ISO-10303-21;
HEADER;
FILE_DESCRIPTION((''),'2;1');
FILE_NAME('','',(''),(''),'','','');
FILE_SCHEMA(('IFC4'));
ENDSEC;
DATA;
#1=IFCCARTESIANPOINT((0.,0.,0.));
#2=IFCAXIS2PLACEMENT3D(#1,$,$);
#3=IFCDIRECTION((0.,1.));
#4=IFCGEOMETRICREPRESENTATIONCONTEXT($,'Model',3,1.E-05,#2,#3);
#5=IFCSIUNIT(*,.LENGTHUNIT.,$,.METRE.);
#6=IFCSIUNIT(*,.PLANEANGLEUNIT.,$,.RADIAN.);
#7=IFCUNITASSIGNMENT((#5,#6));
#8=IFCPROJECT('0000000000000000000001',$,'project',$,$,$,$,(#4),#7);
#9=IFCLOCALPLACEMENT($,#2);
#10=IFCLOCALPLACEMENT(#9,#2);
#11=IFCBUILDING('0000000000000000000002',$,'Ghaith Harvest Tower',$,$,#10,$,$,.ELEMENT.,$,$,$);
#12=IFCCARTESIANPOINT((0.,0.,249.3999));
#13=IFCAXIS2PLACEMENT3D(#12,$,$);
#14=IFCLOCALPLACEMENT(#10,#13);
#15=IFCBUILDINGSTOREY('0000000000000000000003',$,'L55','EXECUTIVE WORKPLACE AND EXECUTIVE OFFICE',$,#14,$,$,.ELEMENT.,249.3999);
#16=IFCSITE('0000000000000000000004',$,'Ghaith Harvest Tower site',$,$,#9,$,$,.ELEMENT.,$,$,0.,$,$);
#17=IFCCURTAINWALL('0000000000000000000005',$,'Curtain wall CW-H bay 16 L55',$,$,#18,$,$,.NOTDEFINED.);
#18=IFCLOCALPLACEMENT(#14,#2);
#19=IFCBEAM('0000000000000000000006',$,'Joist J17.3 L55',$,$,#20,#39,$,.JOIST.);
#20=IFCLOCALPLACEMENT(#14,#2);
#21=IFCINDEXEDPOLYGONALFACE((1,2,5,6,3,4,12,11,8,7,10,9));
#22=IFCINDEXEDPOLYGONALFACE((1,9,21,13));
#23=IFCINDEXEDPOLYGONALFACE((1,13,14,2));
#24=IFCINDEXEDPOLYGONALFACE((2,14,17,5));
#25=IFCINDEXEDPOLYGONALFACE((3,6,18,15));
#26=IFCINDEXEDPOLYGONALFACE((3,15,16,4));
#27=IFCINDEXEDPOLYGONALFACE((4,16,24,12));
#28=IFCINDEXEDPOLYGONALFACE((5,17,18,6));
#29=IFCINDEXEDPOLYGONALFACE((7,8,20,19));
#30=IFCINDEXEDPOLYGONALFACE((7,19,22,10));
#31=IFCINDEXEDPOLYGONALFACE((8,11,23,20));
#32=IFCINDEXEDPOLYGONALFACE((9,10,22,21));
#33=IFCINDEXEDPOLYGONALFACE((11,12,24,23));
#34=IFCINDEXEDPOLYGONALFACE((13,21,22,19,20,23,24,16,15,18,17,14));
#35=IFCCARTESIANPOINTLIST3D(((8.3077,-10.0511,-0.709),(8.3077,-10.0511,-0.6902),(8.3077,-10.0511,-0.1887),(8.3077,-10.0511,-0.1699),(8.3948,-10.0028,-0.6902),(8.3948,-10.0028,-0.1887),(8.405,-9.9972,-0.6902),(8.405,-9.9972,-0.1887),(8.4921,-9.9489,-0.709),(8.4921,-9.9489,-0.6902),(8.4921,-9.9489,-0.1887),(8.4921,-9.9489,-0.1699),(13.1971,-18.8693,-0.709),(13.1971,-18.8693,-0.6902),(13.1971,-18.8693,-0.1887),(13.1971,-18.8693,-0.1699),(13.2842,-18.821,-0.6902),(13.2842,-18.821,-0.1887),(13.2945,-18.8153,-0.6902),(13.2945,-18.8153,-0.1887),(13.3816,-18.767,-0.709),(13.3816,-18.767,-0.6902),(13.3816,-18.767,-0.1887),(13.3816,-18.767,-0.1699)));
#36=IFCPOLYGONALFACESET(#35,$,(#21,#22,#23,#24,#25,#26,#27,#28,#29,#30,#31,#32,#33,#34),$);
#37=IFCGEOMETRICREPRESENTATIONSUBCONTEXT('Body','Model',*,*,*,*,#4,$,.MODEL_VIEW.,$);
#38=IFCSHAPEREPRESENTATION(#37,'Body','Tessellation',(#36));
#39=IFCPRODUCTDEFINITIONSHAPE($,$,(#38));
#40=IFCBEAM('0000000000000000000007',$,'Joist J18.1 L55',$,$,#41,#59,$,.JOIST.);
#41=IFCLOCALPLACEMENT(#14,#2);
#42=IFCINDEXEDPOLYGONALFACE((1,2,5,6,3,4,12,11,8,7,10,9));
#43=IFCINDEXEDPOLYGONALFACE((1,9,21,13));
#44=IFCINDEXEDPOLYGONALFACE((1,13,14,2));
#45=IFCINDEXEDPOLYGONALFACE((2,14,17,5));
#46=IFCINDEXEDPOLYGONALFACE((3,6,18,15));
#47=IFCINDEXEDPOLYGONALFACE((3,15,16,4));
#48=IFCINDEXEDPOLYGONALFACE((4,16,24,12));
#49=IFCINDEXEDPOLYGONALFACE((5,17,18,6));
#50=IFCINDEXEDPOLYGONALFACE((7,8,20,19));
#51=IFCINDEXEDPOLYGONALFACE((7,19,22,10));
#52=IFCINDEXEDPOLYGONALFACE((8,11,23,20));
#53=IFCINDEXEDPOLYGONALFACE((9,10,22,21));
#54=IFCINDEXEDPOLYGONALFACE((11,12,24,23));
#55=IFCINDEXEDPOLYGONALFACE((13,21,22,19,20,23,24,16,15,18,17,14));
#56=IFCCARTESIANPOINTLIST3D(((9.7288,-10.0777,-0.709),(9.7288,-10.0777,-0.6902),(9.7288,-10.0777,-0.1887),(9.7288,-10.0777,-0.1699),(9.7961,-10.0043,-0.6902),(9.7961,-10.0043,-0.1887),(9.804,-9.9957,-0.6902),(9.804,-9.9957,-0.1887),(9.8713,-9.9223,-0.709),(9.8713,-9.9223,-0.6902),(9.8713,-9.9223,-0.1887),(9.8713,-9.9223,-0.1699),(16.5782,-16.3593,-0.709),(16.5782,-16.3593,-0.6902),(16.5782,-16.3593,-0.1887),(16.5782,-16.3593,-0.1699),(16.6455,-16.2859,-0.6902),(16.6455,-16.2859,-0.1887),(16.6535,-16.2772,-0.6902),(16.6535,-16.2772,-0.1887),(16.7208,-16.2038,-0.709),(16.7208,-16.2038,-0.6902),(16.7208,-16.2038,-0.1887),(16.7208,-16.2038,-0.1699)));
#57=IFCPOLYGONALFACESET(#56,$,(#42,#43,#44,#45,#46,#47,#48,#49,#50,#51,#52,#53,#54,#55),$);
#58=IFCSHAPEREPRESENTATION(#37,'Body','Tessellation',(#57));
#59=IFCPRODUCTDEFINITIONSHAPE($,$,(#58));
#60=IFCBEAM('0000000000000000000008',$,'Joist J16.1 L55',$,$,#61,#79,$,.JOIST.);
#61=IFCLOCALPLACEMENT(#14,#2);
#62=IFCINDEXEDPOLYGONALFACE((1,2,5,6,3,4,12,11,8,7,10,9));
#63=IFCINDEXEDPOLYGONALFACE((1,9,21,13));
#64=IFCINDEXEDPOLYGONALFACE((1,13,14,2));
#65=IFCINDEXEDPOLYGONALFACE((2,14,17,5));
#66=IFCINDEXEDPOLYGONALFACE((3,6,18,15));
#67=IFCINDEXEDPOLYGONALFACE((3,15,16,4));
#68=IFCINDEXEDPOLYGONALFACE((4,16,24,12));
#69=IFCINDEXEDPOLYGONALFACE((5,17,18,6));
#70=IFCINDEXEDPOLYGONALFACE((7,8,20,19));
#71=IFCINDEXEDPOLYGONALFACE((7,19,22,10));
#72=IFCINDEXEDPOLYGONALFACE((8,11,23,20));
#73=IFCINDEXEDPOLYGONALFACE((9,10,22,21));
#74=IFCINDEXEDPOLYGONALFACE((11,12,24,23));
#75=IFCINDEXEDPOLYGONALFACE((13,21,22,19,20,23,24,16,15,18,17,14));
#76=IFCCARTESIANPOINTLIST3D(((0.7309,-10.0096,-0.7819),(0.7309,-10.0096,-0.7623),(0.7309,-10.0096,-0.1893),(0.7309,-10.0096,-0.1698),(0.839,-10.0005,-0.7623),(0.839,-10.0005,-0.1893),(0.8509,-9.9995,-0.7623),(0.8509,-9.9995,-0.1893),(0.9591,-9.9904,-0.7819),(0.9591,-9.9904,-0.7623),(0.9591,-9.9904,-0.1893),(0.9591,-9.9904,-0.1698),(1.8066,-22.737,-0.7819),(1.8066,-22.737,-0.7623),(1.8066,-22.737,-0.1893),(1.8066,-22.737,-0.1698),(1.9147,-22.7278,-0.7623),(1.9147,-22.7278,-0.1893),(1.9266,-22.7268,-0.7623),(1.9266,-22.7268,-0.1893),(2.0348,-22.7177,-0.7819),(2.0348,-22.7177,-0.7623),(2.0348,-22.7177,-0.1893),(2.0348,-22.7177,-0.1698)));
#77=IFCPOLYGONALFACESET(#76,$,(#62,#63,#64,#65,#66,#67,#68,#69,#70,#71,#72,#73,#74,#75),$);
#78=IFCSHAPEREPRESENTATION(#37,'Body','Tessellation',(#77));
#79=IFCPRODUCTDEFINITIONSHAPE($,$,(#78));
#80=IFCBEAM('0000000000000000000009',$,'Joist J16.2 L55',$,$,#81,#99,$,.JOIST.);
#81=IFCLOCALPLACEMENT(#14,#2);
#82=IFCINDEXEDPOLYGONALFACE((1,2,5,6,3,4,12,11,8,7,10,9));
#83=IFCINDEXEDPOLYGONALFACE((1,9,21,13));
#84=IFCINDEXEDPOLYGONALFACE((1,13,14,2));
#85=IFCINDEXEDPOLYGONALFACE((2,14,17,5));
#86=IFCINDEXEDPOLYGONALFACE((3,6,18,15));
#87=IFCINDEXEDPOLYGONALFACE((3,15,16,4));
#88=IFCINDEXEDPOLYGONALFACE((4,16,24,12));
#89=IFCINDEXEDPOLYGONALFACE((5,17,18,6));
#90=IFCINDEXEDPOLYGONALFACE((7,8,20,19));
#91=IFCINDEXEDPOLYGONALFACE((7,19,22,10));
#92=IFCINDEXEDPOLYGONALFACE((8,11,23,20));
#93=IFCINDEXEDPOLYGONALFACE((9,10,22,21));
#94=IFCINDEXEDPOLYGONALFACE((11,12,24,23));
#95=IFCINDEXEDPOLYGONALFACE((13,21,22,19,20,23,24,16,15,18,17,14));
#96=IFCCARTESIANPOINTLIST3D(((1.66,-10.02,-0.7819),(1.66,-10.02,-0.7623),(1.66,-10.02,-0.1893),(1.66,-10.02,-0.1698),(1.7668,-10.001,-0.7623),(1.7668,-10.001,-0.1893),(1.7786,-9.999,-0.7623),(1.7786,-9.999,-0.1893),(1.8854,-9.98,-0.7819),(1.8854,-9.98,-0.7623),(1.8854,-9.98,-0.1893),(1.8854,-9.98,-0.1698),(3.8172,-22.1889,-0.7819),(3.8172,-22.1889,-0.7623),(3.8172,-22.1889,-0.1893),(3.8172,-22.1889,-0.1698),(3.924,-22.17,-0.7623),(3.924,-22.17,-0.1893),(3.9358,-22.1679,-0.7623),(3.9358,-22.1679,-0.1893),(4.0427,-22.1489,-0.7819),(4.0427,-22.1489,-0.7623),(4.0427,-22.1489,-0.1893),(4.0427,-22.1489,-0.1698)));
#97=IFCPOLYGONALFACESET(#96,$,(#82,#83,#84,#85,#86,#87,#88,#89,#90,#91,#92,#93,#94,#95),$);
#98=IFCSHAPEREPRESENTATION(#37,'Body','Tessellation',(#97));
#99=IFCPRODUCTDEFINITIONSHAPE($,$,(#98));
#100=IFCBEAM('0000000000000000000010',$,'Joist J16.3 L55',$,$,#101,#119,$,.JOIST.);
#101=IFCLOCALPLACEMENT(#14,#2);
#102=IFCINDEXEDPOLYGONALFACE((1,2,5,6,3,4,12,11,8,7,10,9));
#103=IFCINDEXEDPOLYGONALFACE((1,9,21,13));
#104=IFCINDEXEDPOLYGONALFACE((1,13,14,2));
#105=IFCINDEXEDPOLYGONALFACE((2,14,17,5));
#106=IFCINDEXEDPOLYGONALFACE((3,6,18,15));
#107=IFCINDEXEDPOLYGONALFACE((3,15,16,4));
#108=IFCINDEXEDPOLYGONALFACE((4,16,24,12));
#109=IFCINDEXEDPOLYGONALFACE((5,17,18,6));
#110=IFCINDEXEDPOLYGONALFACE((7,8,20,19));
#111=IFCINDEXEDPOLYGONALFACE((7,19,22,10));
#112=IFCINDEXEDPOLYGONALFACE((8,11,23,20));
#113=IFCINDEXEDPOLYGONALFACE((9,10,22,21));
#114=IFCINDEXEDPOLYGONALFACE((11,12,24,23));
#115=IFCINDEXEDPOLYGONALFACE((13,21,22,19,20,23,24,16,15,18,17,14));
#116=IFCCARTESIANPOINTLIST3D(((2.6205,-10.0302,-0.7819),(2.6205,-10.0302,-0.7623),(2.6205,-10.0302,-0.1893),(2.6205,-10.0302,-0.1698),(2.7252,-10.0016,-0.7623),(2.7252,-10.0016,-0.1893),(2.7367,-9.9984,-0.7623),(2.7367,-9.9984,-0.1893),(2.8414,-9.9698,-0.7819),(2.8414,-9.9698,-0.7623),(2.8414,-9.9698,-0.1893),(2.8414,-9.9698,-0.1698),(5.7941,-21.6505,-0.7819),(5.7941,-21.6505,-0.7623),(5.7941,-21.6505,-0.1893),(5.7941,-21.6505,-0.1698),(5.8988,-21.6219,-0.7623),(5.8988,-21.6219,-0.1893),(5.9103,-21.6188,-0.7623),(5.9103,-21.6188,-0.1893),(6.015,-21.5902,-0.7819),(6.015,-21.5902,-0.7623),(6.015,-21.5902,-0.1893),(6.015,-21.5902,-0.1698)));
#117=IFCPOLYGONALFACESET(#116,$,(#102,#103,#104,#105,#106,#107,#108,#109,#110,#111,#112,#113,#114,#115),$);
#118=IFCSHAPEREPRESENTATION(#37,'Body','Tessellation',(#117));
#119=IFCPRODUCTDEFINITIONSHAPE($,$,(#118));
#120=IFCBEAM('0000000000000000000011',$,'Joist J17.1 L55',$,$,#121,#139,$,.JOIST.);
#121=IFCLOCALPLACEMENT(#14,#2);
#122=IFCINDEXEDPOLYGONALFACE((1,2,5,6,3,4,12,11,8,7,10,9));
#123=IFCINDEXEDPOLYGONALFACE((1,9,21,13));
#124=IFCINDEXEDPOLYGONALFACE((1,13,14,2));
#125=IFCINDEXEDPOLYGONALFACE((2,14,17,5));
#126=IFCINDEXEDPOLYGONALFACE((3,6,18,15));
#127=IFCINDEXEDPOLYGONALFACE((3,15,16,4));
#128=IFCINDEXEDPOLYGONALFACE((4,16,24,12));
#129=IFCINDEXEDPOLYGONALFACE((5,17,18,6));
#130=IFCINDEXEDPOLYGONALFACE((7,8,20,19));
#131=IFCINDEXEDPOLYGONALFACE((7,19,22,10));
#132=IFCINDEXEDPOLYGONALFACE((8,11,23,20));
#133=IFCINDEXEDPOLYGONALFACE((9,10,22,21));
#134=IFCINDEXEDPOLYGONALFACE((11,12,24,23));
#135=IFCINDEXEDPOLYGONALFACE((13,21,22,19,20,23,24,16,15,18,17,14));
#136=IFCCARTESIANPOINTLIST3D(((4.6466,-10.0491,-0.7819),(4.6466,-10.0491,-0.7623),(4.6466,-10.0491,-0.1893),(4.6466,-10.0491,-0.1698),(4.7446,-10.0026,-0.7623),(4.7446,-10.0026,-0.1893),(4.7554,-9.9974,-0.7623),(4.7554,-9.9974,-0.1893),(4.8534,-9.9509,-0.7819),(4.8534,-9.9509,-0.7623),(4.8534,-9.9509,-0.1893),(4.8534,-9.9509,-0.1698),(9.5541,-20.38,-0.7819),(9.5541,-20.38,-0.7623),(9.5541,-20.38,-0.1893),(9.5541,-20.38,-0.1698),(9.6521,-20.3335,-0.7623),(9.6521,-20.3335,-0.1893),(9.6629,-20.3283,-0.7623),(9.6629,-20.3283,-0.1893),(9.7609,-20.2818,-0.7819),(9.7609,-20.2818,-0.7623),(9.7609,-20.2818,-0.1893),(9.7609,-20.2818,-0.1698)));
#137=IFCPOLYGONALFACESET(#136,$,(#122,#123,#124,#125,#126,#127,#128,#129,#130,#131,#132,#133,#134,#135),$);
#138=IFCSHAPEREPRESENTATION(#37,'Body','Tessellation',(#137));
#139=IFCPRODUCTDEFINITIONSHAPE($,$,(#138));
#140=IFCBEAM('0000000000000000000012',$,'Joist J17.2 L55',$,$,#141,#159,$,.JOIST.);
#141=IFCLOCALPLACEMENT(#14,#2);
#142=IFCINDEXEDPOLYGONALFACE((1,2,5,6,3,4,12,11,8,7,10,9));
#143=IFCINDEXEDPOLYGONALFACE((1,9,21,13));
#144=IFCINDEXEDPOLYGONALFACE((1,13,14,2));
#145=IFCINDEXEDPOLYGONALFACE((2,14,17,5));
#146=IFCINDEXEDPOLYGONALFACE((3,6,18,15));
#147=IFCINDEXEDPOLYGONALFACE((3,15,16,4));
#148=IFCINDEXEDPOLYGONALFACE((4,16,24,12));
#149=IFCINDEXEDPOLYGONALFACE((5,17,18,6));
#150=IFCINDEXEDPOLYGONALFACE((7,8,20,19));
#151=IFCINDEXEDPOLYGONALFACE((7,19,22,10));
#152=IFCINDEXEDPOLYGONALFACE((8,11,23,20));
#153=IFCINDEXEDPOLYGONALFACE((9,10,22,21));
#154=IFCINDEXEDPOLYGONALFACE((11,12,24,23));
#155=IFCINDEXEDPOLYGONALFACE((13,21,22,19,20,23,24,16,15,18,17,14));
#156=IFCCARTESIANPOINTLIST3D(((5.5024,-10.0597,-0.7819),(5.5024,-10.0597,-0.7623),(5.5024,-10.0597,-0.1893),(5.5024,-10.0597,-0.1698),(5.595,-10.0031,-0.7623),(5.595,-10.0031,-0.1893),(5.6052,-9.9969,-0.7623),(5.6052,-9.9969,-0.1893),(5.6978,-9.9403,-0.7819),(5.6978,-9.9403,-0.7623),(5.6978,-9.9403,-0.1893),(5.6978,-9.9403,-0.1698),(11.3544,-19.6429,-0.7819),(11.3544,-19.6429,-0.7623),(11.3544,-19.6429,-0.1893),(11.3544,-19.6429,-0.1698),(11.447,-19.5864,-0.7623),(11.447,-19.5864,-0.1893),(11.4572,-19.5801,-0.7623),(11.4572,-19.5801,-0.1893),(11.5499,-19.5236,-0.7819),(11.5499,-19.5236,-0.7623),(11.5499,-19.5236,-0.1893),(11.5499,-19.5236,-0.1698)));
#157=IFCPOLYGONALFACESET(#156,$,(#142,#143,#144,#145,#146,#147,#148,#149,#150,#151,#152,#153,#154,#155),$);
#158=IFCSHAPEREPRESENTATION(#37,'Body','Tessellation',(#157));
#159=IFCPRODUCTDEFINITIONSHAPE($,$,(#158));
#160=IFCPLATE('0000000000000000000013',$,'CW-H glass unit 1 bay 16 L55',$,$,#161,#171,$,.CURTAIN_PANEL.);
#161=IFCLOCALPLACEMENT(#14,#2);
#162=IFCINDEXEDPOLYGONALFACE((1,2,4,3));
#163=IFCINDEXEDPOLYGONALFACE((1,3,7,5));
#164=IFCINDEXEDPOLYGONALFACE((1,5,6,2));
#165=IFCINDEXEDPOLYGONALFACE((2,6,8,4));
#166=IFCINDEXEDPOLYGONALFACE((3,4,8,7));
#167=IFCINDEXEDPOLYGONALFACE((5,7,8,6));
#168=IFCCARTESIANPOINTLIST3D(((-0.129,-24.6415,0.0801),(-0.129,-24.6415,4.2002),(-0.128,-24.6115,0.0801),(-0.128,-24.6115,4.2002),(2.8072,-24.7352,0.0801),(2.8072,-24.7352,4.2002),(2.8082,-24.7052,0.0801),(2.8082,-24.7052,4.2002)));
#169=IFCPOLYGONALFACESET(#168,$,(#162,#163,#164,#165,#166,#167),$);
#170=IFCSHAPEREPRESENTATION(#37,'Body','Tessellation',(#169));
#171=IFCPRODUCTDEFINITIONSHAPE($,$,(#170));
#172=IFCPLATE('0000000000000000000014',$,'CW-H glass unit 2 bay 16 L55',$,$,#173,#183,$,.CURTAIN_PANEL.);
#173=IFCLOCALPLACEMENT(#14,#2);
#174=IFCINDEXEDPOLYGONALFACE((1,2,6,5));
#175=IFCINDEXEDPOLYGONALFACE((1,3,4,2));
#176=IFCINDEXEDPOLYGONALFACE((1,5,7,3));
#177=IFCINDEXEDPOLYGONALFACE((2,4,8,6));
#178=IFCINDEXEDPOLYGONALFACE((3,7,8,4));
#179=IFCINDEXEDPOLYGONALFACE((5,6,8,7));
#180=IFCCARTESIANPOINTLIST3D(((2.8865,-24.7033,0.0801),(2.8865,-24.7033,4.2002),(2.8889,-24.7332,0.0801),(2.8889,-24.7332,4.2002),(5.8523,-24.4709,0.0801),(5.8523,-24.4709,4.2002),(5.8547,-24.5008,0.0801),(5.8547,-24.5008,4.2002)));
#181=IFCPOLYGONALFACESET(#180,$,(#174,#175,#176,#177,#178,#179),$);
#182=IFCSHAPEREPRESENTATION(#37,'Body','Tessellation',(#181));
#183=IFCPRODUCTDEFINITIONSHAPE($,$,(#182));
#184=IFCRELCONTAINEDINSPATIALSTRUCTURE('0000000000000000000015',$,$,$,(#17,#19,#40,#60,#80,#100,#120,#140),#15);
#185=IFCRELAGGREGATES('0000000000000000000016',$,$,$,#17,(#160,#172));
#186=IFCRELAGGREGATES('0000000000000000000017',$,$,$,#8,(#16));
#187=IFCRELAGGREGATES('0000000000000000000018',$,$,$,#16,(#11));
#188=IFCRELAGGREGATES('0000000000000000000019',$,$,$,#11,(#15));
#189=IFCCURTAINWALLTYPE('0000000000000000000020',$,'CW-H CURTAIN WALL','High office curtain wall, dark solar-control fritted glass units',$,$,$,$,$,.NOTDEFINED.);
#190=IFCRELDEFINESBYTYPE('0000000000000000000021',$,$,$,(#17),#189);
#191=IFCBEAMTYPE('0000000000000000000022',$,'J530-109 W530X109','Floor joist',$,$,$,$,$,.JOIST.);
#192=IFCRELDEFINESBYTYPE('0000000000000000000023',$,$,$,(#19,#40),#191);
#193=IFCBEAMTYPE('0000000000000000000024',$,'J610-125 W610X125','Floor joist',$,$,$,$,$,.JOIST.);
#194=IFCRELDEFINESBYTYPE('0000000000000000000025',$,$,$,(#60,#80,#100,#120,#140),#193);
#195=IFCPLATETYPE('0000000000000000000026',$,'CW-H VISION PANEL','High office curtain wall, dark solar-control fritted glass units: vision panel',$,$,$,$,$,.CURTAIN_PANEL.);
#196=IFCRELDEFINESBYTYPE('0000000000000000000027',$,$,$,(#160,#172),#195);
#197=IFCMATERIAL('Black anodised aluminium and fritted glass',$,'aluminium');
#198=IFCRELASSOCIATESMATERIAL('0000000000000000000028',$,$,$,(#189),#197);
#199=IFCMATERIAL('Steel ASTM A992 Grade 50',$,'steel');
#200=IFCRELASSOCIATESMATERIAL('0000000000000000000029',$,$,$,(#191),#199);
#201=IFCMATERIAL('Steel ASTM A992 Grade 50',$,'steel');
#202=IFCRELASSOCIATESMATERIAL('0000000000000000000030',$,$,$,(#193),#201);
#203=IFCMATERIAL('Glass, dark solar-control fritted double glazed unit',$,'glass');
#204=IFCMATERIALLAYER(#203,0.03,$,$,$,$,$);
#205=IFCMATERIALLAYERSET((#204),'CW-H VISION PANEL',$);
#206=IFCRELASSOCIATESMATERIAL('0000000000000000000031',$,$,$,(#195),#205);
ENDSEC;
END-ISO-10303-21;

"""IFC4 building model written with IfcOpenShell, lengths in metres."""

from ifc_helpers import new_model, si_unit, direction, frame, origin, origin_2d, place, context, subcontext, project, spatial, rectangle, i_section, extrude, material, layer, layer_set, material_profile, profile_set, type_object, element, aggregate, save


model = new_model("IFC4")

# Units and contexts
model_context = context("Model", 3, precision=1e-05, world=origin(), true_north=direction((0.0, 1.0)))
body_context = subcontext(model_context, "Body", "Model", "MODEL_VIEW")
ifc_project = project(units=[si_unit("LENGTHUNIT", "METRE"), si_unit("PLANEANGLEUNIT", "RADIAN")], contexts=[model_context])

# Site, building, storey
site_placement = place(None, origin())
site = spatial("IfcSite", under=ifc_project, at=site_placement, Name="Ghaith Harvest Tower site", CompositionType="ELEMENT", RefElevation=0.0)
building_placement = place(site_placement, origin())
building = spatial("IfcBuilding", under=site, at=building_placement, Name="Ghaith Harvest Tower", CompositionType="ELEMENT")
storey_placement = place(building_placement, frame((0.0, 0.0, 249.3999)))
storey = spatial("IfcBuildingStorey", under=building, at=storey_placement, Name="L55", Description="EXECUTIVE WORKPLACE AND EXECUTIVE OFFICE", CompositionType="ELEMENT", Elevation=249.3999)

# Curtain wall
ifc_material_1 = material(Name="Black anodised aluminium and fritted glass", Category="aluminium")
curtain_wall_type = type_object("IfcCurtainWallType", Name="CW-H CURTAIN WALL", Description="High office curtain wall, dark solar-control fritted glass units", PredefinedType="NOTDEFINED", material=ifc_material_1)
curtain_wall_1_placement = place(storey_placement, origin())
curtain_wall_1 = element("IfcCurtainWall", 1, at=curtain_wall_1_placement, inside=storey, type_object=curtain_wall_type, Name="Curtain wall CW-H bay 16 L55", PredefinedType="NOTDEFINED")

# Beams
ifc_material_2 = material(Name="Steel ASTM A992 Grade 50", Category="steel")
ifc_material_profile_1 = material_profile(ifc_material_2, i_section(OverallWidth=0.2109, OverallDepth=0.5391, WebThickness=0.0117, FlangeThickness=0.0188, at=origin_2d()), Name="W530X109")
ifc_profile_set_1 = profile_set([ifc_material_profile_1], Name="Steel ASTM A992 Grade 50")
beam_type_1 = type_object("IfcBeamType", Name="J530-109 W530X109", Description="Floor joist", PredefinedType="JOIST", material=ifc_profile_set_1)
beam_1_placement = place(storey_placement, frame((8.3999, -10.0, -0.4395), z_axis=(0.484919, -0.874559, 0.0), x_axis=(0.874559, 0.484919, 0.0)))
element("IfcBeam", 2, at=beam_1_placement, inside=storey, type_object=beam_type_1, Name="Joist J17.3 L55", PredefinedType="JOIST", context=body_context, shape_type="SweptSolid", body=[
    extrude(i_section(OverallWidth=0.2109, OverallDepth=0.5391, WebThickness=0.0117, FlangeThickness=0.0188, at=origin_2d()), origin(), (0.0, 0.0, 1.0), 10.083),
])
beam_2_placement = place(storey_placement, frame((9.8, -10.0, -0.4395), z_axis=(0.736998, -0.675895, 0.0), x_axis=(0.675895, 0.736998, 0.0)))
element("IfcBeam", 3, at=beam_2_placement, inside=storey, type_object=beam_type_1, Name="Joist J18.1 L55", PredefinedType="JOIST", context=body_context, shape_type="SweptSolid", body=[
    extrude(i_section(OverallWidth=0.2109, OverallDepth=0.5391, WebThickness=0.0117, FlangeThickness=0.0188, at=origin_2d()), origin(), (0.0, 0.0, 1.0), 9.2937),
])
ifc_material_3 = material(Name="Steel ASTM A992 Grade 50", Category="steel")
ifc_material_profile_2 = material_profile(ifc_material_3, i_section(OverallWidth=0.229, OverallDepth=0.6121, WebThickness=0.012, FlangeThickness=0.0195, at=origin_2d()), Name="W610X125")
ifc_profile_set_2 = profile_set([ifc_material_profile_2], Name="Steel ASTM A992 Grade 50")
beam_type_2 = type_object("IfcBeamType", Name="J610-125 W610X125", Description="Floor joist", PredefinedType="JOIST", material=ifc_profile_set_2)
beam_3_placement = place(storey_placement, frame((0.845, -10.0, -0.4758), z_axis=(0.084218, -0.996447, 0.0), x_axis=(0.996447, 0.084218, 0.0)))
element("IfcBeam", 4, at=beam_3_placement, inside=storey, type_object=beam_type_2, Name="Joist J16.1 L55", PredefinedType="JOIST", context=body_context, shape_type="SweptSolid", body=[
    extrude(i_section(OverallWidth=0.229, OverallDepth=0.6121, WebThickness=0.012, FlangeThickness=0.0195, at=origin_2d()), origin(), (0.0, 0.0, 1.0), 12.7727),
])
beam_4_placement = place(storey_placement, frame((1.7727, -10.0, -0.4758), z_axis=(0.174552, -0.984648, 0.0), x_axis=(0.984648, 0.174552, 0.0)))
element("IfcBeam", 5, at=beam_4_placement, inside=storey, type_object=beam_type_2, Name="Joist J16.2 L55", PredefinedType="JOIST", context=body_context, shape_type="SweptSolid", body=[
    extrude(i_section(OverallWidth=0.229, OverallDepth=0.6121, WebThickness=0.012, FlangeThickness=0.0195, at=origin_2d()), origin(), (0.0, 0.0, 1.0), 12.3586),
])
beam_5_placement = place(storey_placement, frame((2.731, -10.0, -0.4758), z_axis=(0.263457, -0.964671, 0.0), x_axis=(0.964671, 0.263457, 0.0)))
element("IfcBeam", 6, at=beam_5_placement, inside=storey, type_object=beam_type_2, Name="Joist J16.3 L55", PredefinedType="JOIST", context=body_context, shape_type="SweptSolid", body=[
    extrude(i_section(OverallWidth=0.229, OverallDepth=0.6121, WebThickness=0.012, FlangeThickness=0.0195, at=origin_2d()), origin(), (0.0, 0.0, 1.0), 12.0459),
])
beam_6_placement = place(storey_placement, frame((4.75, -10.0, -0.4758), z_axis=(0.429081, -0.903266, 0.0), x_axis=(0.903266, 0.429081, 0.0)))
element("IfcBeam", 7, at=beam_6_placement, inside=storey, type_object=beam_type_2, Name="Joist J17.1 L55", PredefinedType="JOIST", context=body_context, shape_type="SweptSolid", body=[
    extrude(i_section(OverallWidth=0.229, OverallDepth=0.6121, WebThickness=0.012, FlangeThickness=0.0195, at=origin_2d()), origin(), (0.0, 0.0, 1.0), 11.4373),
])
beam_7_placement = place(storey_placement, frame((5.6001, -10.0, -0.4758), z_axis=(0.521166, -0.853455, 0.0), x_axis=(0.853455, 0.521166, 0.0)))
element("IfcBeam", 8, at=beam_7_placement, inside=storey, type_object=beam_type_2, Name="Joist J17.2 L55", PredefinedType="JOIST", context=body_context, shape_type="SweptSolid", body=[
    extrude(i_section(OverallWidth=0.229, OverallDepth=0.6121, WebThickness=0.012, FlangeThickness=0.0195, at=origin_2d()), origin(), (0.0, 0.0, 1.0), 11.2288),
])

# Plates
ifc_material_4 = material(Name="Glass, dark solar-control fritted double glazed unit", Category="glass")
ifc_layer_1 = layer(ifc_material_4, 0.03)
ifc_layer_set_1 = layer_set([ifc_layer_1], Name="CW-H VISION PANEL")
plate_type = type_object("IfcPlateType", Name="CW-H VISION PANEL", Description="High office curtain wall, dark solar-control fritted glass units: vision panel", PredefinedType="CURTAIN_PANEL", material=ifc_layer_set_1)
plate_1_placement = place(storey_placement, frame((1.3396, -24.6733, 0.0801), z_axis=(0.0, 0.0, 1.0), x_axis=(0.999491, -0.031894, 0.0)))
plate_1 = element("IfcPlate", 9, at=plate_1_placement, type_object=plate_type, Name="CW-H glass unit 1 bay 16 L55", PredefinedType="CURTAIN_PANEL", context=body_context, shape_type="SweptSolid", body=[
    extrude(rectangle(XDim=2.9377, YDim=0.03, at=origin_2d()), origin(), (0.0, 0.0, 1.0), 4.1201),
])
plate_2_placement = place(storey_placement, frame((4.3706, -24.6021, 0.0801), z_axis=(0.0, 0.0, 1.0), x_axis=(0.996945, 0.078101, 0.0)))
plate_2 = element("IfcPlate", 10, at=plate_2_placement, type_object=plate_type, Name="CW-H glass unit 2 bay 16 L55", PredefinedType="CURTAIN_PANEL", context=body_context, shape_type="SweptSolid", body=[
    extrude(rectangle(XDim=2.9749, YDim=0.03, at=origin_2d()), origin(), (0.0, 0.0, 1.0), 4.1201),
])
aggregate(curtain_wall_1, [plate_1, plate_2])

save(model, "model.ifc")
